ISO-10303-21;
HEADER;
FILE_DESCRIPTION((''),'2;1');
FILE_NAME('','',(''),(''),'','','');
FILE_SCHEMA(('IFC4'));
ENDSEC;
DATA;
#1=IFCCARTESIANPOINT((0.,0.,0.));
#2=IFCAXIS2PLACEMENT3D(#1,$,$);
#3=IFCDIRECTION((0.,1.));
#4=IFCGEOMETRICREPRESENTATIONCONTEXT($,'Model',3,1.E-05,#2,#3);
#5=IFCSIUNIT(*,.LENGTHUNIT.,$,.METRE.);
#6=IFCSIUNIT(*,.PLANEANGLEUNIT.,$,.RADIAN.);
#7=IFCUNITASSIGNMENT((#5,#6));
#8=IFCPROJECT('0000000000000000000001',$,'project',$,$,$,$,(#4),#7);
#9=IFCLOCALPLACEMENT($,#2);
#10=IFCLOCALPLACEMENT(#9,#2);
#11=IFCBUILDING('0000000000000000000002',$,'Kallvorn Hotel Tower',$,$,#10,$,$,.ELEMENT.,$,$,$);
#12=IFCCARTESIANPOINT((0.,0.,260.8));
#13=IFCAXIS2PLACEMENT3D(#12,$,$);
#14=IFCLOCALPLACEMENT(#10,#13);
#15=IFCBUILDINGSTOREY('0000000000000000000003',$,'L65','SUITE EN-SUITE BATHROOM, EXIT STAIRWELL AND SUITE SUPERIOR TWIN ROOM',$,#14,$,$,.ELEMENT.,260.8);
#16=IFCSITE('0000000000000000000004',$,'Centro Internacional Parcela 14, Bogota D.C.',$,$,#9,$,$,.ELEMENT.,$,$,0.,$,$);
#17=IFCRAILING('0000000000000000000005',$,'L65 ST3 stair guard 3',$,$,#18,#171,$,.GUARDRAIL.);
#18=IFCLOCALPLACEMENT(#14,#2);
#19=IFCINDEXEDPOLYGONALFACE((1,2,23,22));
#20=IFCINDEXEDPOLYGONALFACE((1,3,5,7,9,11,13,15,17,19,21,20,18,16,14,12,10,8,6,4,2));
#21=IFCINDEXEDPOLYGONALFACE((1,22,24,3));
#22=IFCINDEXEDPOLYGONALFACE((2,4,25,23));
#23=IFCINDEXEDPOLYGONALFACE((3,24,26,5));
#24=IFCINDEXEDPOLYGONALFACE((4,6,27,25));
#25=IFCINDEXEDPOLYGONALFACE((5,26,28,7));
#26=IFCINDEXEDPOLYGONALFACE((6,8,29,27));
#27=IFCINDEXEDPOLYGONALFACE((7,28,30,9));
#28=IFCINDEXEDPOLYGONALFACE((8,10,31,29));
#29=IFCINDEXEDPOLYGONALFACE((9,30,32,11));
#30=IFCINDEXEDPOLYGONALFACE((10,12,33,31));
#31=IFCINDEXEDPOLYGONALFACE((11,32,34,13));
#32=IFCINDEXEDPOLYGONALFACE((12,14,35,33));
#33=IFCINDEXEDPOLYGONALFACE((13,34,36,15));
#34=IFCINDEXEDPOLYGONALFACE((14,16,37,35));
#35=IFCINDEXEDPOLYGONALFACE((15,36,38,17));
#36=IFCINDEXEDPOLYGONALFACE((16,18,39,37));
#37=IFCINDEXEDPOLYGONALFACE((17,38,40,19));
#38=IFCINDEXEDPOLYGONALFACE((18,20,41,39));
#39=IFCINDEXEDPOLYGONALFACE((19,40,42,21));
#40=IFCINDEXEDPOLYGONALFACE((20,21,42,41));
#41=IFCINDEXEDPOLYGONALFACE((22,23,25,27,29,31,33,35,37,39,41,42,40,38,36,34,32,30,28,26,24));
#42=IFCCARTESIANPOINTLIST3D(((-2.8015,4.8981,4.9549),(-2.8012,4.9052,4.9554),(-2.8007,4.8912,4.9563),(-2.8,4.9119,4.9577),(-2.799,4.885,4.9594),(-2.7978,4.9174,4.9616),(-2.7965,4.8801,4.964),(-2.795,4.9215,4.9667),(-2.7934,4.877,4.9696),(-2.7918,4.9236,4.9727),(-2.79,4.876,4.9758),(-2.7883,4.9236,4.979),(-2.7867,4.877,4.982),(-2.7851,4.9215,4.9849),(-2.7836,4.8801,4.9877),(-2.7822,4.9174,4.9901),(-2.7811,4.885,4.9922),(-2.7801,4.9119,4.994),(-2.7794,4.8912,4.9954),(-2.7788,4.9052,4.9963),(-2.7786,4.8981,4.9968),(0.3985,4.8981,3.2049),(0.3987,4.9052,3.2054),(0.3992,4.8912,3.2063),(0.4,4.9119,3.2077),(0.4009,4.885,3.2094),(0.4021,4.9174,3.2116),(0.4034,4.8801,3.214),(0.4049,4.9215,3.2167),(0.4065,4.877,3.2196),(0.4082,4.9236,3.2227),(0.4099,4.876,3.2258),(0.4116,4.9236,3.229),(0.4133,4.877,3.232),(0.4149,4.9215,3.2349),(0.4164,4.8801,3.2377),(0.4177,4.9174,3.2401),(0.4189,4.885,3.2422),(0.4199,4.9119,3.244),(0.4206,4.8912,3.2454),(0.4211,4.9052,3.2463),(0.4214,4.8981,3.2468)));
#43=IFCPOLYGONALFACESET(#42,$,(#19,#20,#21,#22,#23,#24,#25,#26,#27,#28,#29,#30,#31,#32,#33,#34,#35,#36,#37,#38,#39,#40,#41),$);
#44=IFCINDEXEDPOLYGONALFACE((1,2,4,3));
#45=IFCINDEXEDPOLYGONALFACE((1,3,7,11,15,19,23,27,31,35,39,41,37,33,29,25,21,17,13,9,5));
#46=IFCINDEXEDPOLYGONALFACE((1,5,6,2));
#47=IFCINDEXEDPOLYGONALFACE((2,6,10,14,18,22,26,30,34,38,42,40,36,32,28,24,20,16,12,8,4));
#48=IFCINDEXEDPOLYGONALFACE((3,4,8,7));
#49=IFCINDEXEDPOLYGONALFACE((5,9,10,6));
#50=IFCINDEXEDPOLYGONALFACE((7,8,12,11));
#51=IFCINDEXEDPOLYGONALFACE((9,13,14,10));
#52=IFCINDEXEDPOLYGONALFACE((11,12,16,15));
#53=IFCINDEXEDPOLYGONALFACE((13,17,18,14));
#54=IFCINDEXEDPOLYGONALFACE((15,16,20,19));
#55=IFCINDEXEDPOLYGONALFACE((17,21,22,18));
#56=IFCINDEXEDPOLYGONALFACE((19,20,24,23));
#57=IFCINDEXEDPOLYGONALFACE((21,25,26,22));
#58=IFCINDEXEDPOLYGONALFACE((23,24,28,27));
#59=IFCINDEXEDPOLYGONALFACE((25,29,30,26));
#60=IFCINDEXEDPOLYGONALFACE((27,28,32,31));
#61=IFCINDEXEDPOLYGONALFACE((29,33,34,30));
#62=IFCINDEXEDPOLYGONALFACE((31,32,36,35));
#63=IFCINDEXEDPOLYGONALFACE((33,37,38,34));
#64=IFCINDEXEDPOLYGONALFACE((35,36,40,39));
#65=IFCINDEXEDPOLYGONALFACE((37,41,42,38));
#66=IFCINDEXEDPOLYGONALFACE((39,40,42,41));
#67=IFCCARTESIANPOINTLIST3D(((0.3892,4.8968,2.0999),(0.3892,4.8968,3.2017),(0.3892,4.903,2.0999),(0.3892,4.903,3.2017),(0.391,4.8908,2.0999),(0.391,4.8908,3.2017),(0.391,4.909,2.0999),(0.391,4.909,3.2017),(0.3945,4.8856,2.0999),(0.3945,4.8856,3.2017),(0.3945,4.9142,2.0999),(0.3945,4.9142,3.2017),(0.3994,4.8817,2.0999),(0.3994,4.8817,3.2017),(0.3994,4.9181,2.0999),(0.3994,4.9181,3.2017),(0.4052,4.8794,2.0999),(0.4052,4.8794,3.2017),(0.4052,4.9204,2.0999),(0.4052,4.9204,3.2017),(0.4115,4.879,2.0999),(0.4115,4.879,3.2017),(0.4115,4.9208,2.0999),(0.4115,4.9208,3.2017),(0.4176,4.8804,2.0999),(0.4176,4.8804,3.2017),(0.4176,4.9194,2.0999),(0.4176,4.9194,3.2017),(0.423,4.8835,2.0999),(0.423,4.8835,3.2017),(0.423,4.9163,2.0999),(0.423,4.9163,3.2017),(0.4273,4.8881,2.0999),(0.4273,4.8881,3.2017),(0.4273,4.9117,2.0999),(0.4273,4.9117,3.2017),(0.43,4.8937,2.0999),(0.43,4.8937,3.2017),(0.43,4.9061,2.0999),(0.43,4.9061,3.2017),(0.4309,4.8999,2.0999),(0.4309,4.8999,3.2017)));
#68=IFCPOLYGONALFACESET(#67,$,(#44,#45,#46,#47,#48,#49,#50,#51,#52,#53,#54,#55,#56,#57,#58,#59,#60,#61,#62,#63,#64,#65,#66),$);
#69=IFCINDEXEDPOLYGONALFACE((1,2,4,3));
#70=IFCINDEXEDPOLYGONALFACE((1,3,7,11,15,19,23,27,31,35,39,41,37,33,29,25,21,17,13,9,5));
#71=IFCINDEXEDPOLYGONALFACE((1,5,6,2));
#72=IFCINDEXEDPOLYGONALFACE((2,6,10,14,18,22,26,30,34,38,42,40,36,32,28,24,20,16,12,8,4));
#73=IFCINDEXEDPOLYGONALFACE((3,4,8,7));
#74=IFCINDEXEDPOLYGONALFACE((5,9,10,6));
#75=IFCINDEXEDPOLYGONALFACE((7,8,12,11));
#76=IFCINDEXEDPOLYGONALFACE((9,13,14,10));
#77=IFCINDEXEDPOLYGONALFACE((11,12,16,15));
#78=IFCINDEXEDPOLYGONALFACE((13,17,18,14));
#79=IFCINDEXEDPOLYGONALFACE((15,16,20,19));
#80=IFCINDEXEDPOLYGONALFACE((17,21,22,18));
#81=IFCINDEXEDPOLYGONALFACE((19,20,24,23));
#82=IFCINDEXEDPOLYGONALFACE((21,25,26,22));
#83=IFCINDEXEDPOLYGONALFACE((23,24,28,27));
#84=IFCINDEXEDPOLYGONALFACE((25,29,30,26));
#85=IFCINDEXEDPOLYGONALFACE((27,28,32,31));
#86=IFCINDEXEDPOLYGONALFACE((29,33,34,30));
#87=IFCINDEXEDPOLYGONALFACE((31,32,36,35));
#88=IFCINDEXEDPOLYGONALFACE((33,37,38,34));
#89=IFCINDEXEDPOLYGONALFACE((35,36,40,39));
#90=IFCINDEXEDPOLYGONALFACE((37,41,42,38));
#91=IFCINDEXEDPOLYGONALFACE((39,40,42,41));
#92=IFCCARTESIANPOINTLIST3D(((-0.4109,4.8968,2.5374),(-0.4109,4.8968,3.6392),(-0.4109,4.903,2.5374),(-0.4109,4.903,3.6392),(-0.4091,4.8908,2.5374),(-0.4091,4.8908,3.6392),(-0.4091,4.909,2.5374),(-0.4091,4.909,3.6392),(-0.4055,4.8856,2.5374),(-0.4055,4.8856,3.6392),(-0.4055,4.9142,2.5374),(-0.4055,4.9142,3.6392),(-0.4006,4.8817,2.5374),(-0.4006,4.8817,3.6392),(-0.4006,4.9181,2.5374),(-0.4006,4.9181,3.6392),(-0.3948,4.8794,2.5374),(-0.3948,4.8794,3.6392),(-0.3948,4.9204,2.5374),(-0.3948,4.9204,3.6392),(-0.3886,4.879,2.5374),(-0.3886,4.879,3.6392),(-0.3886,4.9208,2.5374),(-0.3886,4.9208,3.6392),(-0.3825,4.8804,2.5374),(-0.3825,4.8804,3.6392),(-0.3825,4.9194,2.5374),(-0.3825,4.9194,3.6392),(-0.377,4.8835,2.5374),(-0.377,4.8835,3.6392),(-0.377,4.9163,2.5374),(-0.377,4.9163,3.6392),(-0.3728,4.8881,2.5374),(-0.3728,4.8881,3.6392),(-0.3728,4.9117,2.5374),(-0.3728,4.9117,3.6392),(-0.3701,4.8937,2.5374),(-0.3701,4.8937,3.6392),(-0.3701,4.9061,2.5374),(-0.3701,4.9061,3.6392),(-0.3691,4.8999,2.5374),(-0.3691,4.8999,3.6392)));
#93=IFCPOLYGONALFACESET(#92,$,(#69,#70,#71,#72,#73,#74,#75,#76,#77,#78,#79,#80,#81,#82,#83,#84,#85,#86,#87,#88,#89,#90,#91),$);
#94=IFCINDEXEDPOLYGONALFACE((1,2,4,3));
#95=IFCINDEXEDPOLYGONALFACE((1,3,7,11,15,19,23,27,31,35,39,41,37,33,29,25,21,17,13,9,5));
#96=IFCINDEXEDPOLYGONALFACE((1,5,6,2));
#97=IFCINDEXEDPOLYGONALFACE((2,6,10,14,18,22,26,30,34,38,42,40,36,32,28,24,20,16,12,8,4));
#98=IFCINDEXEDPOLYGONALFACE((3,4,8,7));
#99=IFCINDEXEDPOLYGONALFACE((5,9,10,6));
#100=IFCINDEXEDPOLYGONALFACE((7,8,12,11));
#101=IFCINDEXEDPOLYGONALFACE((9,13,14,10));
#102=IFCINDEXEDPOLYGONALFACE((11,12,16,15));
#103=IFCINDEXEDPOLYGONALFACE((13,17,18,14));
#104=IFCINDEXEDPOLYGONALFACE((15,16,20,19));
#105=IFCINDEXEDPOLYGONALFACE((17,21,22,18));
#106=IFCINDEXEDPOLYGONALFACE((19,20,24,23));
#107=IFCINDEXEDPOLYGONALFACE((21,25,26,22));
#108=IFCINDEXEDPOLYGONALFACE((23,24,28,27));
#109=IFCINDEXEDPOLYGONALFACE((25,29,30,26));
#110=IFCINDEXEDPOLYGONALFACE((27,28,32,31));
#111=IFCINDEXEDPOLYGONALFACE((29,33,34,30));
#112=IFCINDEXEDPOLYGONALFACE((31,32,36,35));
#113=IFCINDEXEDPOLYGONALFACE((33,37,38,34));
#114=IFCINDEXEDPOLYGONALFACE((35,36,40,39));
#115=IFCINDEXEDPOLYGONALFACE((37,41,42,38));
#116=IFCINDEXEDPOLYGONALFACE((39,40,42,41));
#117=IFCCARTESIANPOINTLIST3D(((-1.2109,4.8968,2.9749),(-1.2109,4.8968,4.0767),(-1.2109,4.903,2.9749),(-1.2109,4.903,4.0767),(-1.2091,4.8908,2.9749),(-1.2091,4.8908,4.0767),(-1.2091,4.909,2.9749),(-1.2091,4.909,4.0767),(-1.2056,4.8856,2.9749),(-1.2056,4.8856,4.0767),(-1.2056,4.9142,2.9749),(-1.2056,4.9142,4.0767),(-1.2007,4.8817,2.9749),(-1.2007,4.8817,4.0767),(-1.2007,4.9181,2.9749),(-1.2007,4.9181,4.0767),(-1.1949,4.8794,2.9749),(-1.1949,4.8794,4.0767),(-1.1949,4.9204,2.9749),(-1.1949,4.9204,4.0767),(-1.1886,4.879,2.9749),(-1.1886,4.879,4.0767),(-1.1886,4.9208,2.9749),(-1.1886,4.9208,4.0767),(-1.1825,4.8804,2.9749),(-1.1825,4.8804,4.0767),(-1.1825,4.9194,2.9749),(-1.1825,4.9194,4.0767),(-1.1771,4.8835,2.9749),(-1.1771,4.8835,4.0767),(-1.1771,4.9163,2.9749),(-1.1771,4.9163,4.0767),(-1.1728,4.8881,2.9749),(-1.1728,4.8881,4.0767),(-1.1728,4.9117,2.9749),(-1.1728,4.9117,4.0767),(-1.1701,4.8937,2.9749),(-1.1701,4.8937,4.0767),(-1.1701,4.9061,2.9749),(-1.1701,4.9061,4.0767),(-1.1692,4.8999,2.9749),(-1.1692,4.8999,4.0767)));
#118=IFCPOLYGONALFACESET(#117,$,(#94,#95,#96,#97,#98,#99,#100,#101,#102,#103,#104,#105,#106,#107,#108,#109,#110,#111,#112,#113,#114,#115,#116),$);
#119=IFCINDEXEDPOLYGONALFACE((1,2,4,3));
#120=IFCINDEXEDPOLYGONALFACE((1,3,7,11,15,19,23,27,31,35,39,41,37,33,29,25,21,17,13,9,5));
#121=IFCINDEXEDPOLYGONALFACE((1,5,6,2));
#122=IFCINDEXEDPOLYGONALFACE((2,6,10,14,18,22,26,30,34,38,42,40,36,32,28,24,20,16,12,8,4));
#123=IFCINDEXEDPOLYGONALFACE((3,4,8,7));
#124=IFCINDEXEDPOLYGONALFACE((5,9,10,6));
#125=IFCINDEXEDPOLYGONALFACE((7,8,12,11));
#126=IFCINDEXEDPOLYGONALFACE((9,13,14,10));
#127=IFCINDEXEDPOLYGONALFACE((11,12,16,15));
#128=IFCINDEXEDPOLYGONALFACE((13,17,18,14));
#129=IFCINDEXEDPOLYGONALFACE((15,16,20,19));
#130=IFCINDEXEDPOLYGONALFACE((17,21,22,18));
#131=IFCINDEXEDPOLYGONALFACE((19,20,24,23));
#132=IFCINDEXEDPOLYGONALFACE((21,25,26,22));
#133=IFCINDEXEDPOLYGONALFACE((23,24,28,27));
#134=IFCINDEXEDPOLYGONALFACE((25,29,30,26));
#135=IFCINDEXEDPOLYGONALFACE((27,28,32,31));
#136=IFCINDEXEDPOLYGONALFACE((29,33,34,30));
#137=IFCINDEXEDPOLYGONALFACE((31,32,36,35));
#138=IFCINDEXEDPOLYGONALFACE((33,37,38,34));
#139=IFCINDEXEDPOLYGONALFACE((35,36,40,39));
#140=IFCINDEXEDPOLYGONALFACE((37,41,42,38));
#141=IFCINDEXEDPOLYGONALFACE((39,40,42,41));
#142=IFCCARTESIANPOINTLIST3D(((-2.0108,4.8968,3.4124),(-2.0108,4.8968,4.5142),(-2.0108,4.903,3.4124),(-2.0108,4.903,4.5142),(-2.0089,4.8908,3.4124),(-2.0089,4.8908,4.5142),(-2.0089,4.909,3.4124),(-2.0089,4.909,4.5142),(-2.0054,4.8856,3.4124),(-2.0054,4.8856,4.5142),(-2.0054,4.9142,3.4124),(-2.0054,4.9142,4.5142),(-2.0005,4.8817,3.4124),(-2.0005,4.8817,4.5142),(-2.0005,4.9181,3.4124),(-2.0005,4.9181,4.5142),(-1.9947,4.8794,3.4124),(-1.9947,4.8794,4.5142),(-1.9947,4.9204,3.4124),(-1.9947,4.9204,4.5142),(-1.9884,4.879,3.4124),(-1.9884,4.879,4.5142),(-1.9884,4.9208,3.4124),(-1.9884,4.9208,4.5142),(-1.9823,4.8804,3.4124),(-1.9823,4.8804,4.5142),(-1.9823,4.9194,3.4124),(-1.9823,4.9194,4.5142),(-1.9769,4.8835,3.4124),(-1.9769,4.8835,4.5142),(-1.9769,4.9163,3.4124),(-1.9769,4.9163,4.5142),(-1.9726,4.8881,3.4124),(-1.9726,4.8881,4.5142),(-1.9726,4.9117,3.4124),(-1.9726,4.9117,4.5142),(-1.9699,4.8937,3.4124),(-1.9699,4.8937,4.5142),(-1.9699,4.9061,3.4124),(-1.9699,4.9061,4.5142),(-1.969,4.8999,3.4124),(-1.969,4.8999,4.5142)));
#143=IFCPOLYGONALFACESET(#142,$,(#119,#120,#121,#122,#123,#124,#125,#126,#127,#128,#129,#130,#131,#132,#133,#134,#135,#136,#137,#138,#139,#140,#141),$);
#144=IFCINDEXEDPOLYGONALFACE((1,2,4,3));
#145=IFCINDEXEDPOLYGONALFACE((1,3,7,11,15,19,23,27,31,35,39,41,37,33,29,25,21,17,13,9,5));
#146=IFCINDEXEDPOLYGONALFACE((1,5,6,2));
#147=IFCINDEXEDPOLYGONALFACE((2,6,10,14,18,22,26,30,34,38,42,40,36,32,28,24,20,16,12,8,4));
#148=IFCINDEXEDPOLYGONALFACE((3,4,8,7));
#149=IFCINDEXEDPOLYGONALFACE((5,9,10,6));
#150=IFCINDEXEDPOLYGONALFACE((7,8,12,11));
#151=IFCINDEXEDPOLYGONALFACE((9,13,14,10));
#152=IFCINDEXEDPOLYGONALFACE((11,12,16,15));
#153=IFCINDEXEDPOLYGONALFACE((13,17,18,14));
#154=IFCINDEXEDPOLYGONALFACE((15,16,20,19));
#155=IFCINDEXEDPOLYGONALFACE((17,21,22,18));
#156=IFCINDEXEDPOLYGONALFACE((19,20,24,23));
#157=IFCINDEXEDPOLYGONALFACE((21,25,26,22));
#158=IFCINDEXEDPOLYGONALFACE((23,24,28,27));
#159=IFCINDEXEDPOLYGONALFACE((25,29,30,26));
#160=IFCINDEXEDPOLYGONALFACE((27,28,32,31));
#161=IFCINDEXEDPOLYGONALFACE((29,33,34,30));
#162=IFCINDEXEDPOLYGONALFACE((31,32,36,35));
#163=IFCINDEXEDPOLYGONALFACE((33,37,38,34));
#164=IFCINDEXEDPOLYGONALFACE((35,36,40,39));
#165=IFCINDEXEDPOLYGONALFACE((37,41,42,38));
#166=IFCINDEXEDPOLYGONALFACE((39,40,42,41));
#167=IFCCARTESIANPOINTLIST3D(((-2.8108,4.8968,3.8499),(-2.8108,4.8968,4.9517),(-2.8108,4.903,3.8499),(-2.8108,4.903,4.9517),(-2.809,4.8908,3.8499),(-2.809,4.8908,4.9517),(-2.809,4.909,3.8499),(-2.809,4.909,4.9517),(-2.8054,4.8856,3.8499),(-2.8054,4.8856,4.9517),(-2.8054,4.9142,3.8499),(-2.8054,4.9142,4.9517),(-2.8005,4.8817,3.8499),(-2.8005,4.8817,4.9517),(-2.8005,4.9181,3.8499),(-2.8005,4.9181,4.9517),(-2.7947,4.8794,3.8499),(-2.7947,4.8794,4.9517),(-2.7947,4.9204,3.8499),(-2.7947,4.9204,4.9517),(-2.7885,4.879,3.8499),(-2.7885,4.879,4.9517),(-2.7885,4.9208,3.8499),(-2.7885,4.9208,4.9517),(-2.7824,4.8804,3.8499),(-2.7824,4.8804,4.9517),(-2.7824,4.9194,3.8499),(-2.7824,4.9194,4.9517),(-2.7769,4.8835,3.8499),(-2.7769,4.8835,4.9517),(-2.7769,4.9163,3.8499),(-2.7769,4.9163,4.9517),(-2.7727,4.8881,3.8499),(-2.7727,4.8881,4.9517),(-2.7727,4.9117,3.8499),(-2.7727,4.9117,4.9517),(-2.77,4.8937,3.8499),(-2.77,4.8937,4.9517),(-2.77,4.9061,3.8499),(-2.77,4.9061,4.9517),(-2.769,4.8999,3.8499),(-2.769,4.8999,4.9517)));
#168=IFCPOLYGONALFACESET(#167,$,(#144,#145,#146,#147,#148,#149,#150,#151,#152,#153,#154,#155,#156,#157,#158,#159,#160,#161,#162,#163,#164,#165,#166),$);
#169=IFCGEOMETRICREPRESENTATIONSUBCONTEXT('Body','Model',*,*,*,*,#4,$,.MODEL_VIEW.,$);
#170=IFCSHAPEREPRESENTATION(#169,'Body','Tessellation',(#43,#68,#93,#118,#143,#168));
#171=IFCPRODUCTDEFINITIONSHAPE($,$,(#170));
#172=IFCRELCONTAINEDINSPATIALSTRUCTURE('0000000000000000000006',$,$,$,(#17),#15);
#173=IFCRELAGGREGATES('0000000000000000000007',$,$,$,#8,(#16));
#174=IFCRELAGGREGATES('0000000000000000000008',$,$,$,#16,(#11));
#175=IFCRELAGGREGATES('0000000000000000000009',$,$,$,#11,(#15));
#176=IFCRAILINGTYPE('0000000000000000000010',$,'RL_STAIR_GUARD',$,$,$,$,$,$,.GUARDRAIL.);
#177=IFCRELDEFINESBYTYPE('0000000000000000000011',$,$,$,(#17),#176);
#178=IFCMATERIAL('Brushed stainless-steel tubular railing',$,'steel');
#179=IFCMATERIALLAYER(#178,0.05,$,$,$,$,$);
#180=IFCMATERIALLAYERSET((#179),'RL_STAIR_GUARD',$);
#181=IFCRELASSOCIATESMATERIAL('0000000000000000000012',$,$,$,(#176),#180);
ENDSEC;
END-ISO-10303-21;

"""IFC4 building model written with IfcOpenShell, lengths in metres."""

from ifc_helpers import new_model, si_unit, direction, frame, origin, origin_2d, place, context, subcontext, project, spatial, circle, extrude, material, layer, layer_set, type_object, element, save


model = new_model("IFC4")

# Units and contexts
model_context = context("Model", 3, precision=1e-05, world=origin(), true_north=direction((0.0, 1.0)))
body_context = subcontext(model_context, "Body", "Model", "MODEL_VIEW")
ifc_project = project(units=[si_unit("LENGTHUNIT", "METRE"), si_unit("PLANEANGLEUNIT", "RADIAN")], contexts=[model_context])

# Site, building, storey
site_placement = place(None, origin())
site = spatial("IfcSite", under=ifc_project, at=site_placement, Name="Centro Internacional Parcela 14, Bogota D.C.", CompositionType="ELEMENT", RefElevation=0.0)
building_placement = place(site_placement, origin())
building = spatial("IfcBuilding", under=site, at=building_placement, Name="Kallvorn Hotel Tower", CompositionType="ELEMENT")
storey_placement = place(building_placement, frame((0.0, 0.0, 260.8)))
storey = spatial("IfcBuildingStorey", under=building, at=storey_placement, Name="L65", Description="SUITE EN-SUITE BATHROOM, EXIT STAIRWELL AND SUITE SUPERIOR TWIN ROOM", CompositionType="ELEMENT", Elevation=260.8)

# Railing
ifc_material_1 = material(Name="Brushed stainless-steel tubular railing", Category="steel")
ifc_layer_1 = layer(ifc_material_1, 0.05)
ifc_layer_set_1 = layer_set([ifc_layer_1], Name="RL_STAIR_GUARD")
railing_type_1 = type_object("IfcRailingType", Name="RL_STAIR_GUARD", PredefinedType="GUARDRAIL", material=ifc_layer_set_1)
railing_1_placement = place(storey_placement, frame((0.4099, 4.8999, 2.0999)))
element("IfcRailing", 1, at=railing_1_placement, inside=storey, type_object=railing_type_1, Name="L65 ST3 stair guard 3", PredefinedType="GUARDRAIL", context=body_context, shape_type="SweptSolid", body=[
    extrude(circle(Radius=0.0239, at=origin_2d()), frame((0.0, 0.0, 1.126), z_axis=(-0.877368, 0.0, 0.479818), x_axis=(0.0, -1.0, 0.0)), (0.0, 0.0, 1.0), 3.6472),
    extrude(circle(Radius=0.021, at=origin_2d()), origin(), (0.0, 0.0, 1.0), 1.1018),
    extrude(circle(Radius=0.021, at=origin_2d()), frame((-0.8, 0.0, 0.4375)), (0.0, 0.0, 1.0), 1.1018),
    extrude(circle(Radius=0.021, at=origin_2d()), frame((-1.6001, 0.0, 0.875)), (0.0, 0.0, 1.0), 1.1018),
    extrude(circle(Radius=0.021, at=origin_2d()), frame((-2.3999, 0.0, 1.3125)), (0.0, 0.0, 1.0), 1.1018),
    extrude(circle(Radius=0.021, at=origin_2d()), frame((-3.2, 0.0, 1.75)), (0.0, 0.0, 1.0), 1.1018),
])

save(model, "model.ifc")
